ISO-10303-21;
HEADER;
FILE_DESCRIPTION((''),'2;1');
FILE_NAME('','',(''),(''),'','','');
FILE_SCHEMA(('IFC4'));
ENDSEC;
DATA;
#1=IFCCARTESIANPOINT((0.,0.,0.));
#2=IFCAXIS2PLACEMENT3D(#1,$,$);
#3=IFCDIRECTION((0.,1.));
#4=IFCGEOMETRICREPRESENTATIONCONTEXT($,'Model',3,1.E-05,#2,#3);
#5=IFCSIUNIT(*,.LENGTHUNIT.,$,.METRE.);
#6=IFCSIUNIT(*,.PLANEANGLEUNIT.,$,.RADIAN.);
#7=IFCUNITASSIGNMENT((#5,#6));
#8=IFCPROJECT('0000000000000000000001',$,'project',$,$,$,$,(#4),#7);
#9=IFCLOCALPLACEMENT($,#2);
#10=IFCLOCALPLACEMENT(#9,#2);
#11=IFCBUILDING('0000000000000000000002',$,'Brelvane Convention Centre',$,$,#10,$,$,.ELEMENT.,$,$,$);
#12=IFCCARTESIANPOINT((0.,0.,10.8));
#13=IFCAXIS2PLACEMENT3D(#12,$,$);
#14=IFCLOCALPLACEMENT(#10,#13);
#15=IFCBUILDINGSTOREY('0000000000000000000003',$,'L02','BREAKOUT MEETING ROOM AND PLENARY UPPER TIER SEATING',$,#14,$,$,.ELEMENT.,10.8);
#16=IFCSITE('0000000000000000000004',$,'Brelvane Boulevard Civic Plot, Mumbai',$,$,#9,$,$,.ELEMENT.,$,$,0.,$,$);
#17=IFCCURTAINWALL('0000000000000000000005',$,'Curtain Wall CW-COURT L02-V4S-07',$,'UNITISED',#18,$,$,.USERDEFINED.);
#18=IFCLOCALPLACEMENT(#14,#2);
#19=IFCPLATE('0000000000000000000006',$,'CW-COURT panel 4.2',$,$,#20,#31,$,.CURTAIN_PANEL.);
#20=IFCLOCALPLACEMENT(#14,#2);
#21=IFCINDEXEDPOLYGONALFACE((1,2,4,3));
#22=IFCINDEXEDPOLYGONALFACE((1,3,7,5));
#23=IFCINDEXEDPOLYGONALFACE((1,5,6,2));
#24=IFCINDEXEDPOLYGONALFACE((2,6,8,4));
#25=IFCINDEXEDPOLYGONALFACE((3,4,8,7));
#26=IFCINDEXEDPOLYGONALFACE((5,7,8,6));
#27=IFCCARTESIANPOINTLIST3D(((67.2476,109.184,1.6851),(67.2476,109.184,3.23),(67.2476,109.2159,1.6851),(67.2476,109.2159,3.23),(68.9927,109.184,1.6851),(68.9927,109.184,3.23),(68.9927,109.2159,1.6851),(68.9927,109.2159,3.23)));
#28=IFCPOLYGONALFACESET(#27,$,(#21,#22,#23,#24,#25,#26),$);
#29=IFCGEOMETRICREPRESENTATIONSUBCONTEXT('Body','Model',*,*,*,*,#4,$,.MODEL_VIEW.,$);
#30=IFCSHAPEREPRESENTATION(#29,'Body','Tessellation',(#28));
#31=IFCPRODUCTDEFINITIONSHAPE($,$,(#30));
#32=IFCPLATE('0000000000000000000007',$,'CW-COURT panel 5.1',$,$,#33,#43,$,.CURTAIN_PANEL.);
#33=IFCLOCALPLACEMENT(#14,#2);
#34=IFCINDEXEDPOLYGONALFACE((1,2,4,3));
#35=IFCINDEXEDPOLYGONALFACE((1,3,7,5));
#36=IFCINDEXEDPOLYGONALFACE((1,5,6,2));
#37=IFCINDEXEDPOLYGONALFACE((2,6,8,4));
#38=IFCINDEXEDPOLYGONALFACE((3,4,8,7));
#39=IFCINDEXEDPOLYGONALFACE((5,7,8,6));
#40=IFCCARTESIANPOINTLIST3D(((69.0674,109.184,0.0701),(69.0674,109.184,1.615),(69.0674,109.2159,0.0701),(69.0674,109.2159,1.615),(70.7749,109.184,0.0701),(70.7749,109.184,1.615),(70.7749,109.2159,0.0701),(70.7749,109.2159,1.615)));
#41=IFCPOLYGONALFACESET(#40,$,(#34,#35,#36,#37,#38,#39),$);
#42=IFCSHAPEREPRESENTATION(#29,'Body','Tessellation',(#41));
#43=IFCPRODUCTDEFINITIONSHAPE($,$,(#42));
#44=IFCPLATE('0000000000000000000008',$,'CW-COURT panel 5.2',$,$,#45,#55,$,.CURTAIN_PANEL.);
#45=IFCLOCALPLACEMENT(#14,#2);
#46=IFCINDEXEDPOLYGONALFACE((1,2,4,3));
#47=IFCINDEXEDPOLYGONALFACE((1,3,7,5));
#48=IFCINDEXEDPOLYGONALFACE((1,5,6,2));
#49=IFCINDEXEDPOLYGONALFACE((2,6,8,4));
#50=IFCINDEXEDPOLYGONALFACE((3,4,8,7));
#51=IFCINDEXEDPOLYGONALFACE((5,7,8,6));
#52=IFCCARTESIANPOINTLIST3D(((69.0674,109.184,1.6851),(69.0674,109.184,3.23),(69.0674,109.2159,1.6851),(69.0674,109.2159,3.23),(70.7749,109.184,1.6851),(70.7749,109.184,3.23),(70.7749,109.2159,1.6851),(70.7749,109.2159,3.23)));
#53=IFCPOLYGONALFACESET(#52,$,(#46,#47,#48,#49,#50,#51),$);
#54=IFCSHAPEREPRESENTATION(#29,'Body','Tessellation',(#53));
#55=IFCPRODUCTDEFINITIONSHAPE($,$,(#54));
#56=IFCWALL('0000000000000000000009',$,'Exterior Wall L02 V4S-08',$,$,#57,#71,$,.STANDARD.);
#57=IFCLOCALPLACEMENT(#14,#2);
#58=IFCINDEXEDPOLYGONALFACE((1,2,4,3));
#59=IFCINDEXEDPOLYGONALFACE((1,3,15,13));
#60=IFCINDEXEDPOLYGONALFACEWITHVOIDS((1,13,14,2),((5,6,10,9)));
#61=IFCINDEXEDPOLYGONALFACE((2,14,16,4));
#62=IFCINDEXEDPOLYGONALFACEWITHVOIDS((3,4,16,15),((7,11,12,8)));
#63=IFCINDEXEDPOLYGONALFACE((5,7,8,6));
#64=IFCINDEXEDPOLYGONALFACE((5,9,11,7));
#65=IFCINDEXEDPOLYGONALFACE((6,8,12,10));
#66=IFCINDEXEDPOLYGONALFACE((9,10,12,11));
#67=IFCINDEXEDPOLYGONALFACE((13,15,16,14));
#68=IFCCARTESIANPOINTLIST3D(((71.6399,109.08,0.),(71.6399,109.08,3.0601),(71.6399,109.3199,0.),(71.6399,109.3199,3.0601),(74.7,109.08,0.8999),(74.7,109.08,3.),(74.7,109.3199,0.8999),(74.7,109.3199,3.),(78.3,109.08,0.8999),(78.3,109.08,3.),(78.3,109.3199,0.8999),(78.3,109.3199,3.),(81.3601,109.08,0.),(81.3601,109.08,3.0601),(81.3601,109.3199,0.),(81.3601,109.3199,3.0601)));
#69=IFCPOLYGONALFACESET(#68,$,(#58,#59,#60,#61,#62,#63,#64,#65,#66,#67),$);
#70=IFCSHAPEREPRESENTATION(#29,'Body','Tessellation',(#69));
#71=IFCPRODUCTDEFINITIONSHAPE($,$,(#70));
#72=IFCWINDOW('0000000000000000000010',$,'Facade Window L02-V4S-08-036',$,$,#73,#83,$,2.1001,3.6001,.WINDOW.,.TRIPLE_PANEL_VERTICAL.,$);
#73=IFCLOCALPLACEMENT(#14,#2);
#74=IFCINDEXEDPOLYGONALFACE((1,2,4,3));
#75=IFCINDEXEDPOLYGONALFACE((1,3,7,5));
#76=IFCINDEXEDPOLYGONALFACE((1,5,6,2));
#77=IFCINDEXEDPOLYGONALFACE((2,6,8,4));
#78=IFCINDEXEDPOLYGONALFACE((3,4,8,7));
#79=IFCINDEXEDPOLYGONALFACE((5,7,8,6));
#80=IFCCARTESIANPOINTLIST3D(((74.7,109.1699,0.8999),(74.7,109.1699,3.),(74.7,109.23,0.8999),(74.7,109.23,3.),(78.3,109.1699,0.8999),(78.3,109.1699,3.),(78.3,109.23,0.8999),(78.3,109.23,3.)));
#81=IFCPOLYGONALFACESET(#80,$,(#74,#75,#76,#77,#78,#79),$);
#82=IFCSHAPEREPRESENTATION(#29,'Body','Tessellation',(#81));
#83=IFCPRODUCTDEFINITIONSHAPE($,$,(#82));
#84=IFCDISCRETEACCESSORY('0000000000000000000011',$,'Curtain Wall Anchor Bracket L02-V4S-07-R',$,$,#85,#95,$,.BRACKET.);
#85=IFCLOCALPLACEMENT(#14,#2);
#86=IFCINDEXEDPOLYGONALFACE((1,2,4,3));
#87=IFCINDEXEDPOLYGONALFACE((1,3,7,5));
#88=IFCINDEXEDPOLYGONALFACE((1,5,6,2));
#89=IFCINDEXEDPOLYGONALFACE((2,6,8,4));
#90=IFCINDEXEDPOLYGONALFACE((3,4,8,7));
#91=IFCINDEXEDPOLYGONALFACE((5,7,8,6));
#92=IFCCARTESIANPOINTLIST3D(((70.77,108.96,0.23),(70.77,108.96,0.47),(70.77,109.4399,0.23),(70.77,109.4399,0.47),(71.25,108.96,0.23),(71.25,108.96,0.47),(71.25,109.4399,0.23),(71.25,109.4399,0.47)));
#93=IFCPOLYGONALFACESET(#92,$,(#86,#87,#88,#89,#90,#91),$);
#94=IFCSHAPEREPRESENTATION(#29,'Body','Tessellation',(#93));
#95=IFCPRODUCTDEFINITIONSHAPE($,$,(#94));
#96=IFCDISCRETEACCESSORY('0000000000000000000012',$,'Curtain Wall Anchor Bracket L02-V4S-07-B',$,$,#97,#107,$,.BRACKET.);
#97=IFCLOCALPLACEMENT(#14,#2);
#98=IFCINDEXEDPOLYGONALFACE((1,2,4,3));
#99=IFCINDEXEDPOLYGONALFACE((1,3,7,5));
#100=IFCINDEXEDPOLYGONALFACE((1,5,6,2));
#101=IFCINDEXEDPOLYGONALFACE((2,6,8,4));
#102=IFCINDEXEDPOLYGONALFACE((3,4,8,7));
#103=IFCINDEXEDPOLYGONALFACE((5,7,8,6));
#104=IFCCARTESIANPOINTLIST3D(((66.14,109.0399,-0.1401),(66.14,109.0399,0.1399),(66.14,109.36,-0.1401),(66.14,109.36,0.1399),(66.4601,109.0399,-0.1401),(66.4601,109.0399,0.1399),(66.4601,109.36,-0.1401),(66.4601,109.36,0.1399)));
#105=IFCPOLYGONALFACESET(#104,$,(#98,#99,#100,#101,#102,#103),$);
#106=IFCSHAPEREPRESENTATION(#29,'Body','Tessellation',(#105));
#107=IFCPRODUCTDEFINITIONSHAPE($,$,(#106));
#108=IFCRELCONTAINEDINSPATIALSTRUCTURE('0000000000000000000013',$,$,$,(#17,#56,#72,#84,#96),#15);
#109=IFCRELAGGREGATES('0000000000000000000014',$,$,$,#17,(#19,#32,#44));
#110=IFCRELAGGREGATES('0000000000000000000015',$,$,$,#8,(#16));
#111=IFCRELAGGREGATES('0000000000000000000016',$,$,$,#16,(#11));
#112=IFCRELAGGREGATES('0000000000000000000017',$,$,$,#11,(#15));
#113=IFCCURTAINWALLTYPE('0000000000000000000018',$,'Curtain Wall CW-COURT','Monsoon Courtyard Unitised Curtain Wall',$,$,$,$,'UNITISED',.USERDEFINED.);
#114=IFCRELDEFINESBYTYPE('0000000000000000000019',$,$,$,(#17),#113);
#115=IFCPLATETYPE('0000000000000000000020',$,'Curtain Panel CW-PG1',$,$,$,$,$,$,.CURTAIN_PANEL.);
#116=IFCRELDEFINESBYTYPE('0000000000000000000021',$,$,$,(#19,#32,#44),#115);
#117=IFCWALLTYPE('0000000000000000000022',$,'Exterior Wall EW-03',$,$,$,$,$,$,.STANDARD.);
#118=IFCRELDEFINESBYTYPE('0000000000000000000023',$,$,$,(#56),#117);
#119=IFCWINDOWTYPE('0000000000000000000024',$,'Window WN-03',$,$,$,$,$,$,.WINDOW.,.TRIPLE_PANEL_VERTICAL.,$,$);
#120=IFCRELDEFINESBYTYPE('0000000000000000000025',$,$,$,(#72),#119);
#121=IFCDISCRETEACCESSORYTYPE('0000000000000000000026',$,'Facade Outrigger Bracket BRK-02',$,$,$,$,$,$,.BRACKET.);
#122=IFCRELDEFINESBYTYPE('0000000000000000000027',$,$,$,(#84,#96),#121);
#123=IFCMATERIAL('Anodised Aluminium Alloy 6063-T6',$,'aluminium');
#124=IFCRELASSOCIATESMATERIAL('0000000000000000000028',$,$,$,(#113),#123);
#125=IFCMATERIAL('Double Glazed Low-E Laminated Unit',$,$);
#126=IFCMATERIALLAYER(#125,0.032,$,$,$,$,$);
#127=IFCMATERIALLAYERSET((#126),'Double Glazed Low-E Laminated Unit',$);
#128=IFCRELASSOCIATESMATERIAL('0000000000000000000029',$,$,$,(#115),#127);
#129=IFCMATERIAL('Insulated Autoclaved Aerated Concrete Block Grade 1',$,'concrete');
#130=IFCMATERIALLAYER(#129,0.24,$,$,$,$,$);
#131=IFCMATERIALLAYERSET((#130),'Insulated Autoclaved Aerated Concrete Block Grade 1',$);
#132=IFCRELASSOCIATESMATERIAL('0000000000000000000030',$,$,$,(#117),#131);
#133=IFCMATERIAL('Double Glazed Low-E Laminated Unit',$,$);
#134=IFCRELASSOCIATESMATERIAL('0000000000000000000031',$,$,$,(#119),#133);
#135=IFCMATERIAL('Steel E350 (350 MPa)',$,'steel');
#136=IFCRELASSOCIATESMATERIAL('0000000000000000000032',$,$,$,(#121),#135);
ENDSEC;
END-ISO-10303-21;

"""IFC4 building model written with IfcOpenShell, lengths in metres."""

from ifc_helpers import new_model, si_unit, direction, frame, frame_2d, origin, origin_2d, place, context, subcontext, project, spatial, rectangle, extrude, material, layer, layer_set, type_object, element, fill, aggregate, save


model = new_model("IFC4")

# Units and contexts
model_context = context("Model", 3, precision=1e-05, world=origin(), true_north=direction((0.0, 1.0)))
body_context = subcontext(model_context, "Body", "Model", "MODEL_VIEW")
ifc_project = project(units=[si_unit("LENGTHUNIT", "METRE"), si_unit("PLANEANGLEUNIT", "RADIAN")], contexts=[model_context])

# Site, building, storey
site_placement = place(None, origin())
site = spatial("IfcSite", under=ifc_project, at=site_placement, Name="Brelvane Boulevard Civic Plot, Mumbai", CompositionType="ELEMENT", RefElevation=0.0)
building_placement = place(site_placement, origin())
building = spatial("IfcBuilding", under=site, at=building_placement, Name="Brelvane Convention Centre", CompositionType="ELEMENT")
storey_placement = place(building_placement, frame((0.0, 0.0, 10.8)))
storey = spatial("IfcBuildingStorey", under=building, at=storey_placement, Name="L02", Description="BREAKOUT MEETING ROOM AND PLENARY UPPER TIER SEATING", CompositionType="ELEMENT", Elevation=10.8)

# Curtain wall
ifc_material_1 = material(Name="Anodised Aluminium Alloy 6063-T6", Category="aluminium")
curtain_wall_type = type_object("IfcCurtainWallType", Name="Curtain Wall CW-COURT", Description="Monsoon Courtyard Unitised Curtain Wall", ElementType="UNITISED", PredefinedType="USERDEFINED", material=ifc_material_1)
curtain_wall_placement = place(storey_placement, origin())
curtain_wall = element("IfcCurtainWall", 1, at=curtain_wall_placement, inside=storey, type_object=curtain_wall_type, Name="Curtain Wall CW-COURT L02-V4S-07", ObjectType="UNITISED", PredefinedType="USERDEFINED")

# Plates
ifc_material_2 = material(Name="Double Glazed Low-E Laminated Unit")
ifc_layer_1 = layer(ifc_material_2, 0.032)
ifc_layer_set_1 = layer_set([ifc_layer_1], Name="Double Glazed Low-E Laminated Unit")
plate_type = type_object("IfcPlateType", Name="Curtain Panel CW-PG1", PredefinedType="CURTAIN_PANEL", material=ifc_layer_set_1)
plate_1_placement = place(storey_placement, frame((68.1201, 109.2, 1.6851), z_axis=(0.0, 0.0, 1.0), x_axis=(1.0, 0.0, 0.0)))
plate_1 = element("IfcPlate", 2, at=plate_1_placement, type_object=plate_type, Name="CW-COURT panel 4.2", PredefinedType="CURTAIN_PANEL", context=body_context, shape_type="SweptSolid", body=[
    extrude(rectangle(XDim=1.7451, YDim=0.032, at=origin_2d()), origin(), (0.0, 0.0, 1.0), 1.5449),
])
plate_2_placement = place(storey_placement, frame((69.9211, 109.2, 0.0701), z_axis=(0.0, 0.0, 1.0), x_axis=(1.0, 0.0, 0.0)))
plate_2 = element("IfcPlate", 3, at=plate_2_placement, type_object=plate_type, Name="CW-COURT panel 5.1", PredefinedType="CURTAIN_PANEL", context=body_context, shape_type="SweptSolid", body=[
    extrude(rectangle(XDim=1.7075, YDim=0.032, at=origin_2d()), origin(), (0.0, 0.0, 1.0), 1.5449),
])
plate_3_placement = place(storey_placement, frame((69.9211, 109.2, 1.6851), z_axis=(0.0, 0.0, 1.0), x_axis=(1.0, 0.0, 0.0)))
plate_3 = element("IfcPlate", 4, at=plate_3_placement, type_object=plate_type, Name="CW-COURT panel 5.2", PredefinedType="CURTAIN_PANEL", context=body_context, shape_type="SweptSolid", body=[
    extrude(rectangle(XDim=1.7075, YDim=0.032, at=origin_2d()), origin(), (0.0, 0.0, 1.0), 1.5449),
])
aggregate(curtain_wall, [plate_1, plate_2, plate_3])

# Wall, opening, window
ifc_material_3 = material(Name="Insulated Autoclaved Aerated Concrete Block Grade 1", Category="concrete")
ifc_layer_2 = layer(ifc_material_3, 0.24)
ifc_layer_set_2 = layer_set([ifc_layer_2], Name="Insulated Autoclaved Aerated Concrete Block Grade 1")
wall_type = type_object("IfcWallType", Name="Exterior Wall EW-03", PredefinedType="STANDARD", material=ifc_layer_set_2)
wall_placement = place(storey_placement, frame((71.6399, 109.2, 0.0), z_axis=(0.0, 0.0, 1.0), x_axis=(1.0, 0.0, 0.0)))
wall = element("IfcWall", 5, at=wall_placement, inside=storey, type_object=wall_type, Name="Exterior Wall L02 V4S-08", PredefinedType="STANDARD", context=body_context, shape_type="SweptSolid", body=[
    extrude(rectangle(XDim=9.7202, YDim=0.24, at=frame_2d((4.8601, 0.0))), origin(), (0.0, 0.0, 1.0), 3.0601),
])
opening_placement = place(wall_placement, frame((3.0601, 0.0, 0.8999)))
opening = element("IfcOpeningElement", 6, at=opening_placement, cuts=wall, PredefinedType="OPENING", context=body_context, shape_type="SweptSolid", body=[
    extrude(rectangle(XDim=3.6001, YDim=2.1001, at=frame_2d((1.8, 1.05))), frame((0.0, 0.1299, 0.0), z_axis=(0.0, -1.0, 0.0), x_axis=(1.0, 0.0, 0.0)), (0.0, 0.0, 1.0), 0.26),
])
ifc_material_4 = material(Name="Double Glazed Low-E Laminated Unit")
window_type = type_object("IfcWindowType", Name="Window WN-03", PartitioningType="TRIPLE_PANEL_VERTICAL", PredefinedType="WINDOW", material=ifc_material_4)
window_placement = place(opening_placement, origin())
window = element("IfcWindow", 7, at=window_placement, inside=storey, type_object=window_type, Name="Facade Window L02-V4S-08-036", OverallHeight=2.1001, OverallWidth=3.6001, PartitioningType="TRIPLE_PANEL_VERTICAL", PredefinedType="WINDOW", context=body_context, shape_type="SweptSolid", body=[
    extrude(rectangle(XDim=3.6001, YDim=2.1001, at=frame_2d((1.8, 1.05))), frame((0.0, 0.03, 0.0), z_axis=(0.0, -1.0, 0.0), x_axis=(1.0, 0.0, 0.0)), (0.0, 0.0, 1.0), 0.0601),
])
fill(opening, window)

# Discrete accessories
ifc_material_5 = material(Name="Steel E350 (350 MPa)", Category="steel")
discrete_accessory_type = type_object("IfcDiscreteAccessoryType", Name="Facade Outrigger Bracket BRK-02", PredefinedType="BRACKET", material=ifc_material_5)
discrete_accessory_1_placement = place(storey_placement, frame((71.01, 109.2, 0.23), z_axis=(0.0, 0.0, 1.0), x_axis=(1.0, 0.0, 0.0)))
element("IfcDiscreteAccessory", 8, at=discrete_accessory_1_placement, inside=storey, type_object=discrete_accessory_type, Name="Curtain Wall Anchor Bracket L02-V4S-07-R", PredefinedType="BRACKET", context=body_context, shape_type="SweptSolid", body=[
    extrude(rectangle(XDim=0.48, YDim=0.48, at=origin_2d()), origin(), (0.0, 0.0, 1.0), 0.24),
])
discrete_accessory_2_placement = place(storey_placement, frame((66.3, 109.2, -0.1401), z_axis=(0.0, 0.0, 1.0), x_axis=(1.0, 0.0, 0.0)))
element("IfcDiscreteAccessory", 9, at=discrete_accessory_2_placement, inside=storey, type_object=discrete_accessory_type, Name="Curtain Wall Anchor Bracket L02-V4S-07-B", PredefinedType="BRACKET", context=body_context, shape_type="SweptSolid", body=[
    extrude(rectangle(XDim=0.3201, YDim=0.3201, at=origin_2d()), origin(), (0.0, 0.0, 1.0), 0.28),
])

save(model, "model.ifc")
